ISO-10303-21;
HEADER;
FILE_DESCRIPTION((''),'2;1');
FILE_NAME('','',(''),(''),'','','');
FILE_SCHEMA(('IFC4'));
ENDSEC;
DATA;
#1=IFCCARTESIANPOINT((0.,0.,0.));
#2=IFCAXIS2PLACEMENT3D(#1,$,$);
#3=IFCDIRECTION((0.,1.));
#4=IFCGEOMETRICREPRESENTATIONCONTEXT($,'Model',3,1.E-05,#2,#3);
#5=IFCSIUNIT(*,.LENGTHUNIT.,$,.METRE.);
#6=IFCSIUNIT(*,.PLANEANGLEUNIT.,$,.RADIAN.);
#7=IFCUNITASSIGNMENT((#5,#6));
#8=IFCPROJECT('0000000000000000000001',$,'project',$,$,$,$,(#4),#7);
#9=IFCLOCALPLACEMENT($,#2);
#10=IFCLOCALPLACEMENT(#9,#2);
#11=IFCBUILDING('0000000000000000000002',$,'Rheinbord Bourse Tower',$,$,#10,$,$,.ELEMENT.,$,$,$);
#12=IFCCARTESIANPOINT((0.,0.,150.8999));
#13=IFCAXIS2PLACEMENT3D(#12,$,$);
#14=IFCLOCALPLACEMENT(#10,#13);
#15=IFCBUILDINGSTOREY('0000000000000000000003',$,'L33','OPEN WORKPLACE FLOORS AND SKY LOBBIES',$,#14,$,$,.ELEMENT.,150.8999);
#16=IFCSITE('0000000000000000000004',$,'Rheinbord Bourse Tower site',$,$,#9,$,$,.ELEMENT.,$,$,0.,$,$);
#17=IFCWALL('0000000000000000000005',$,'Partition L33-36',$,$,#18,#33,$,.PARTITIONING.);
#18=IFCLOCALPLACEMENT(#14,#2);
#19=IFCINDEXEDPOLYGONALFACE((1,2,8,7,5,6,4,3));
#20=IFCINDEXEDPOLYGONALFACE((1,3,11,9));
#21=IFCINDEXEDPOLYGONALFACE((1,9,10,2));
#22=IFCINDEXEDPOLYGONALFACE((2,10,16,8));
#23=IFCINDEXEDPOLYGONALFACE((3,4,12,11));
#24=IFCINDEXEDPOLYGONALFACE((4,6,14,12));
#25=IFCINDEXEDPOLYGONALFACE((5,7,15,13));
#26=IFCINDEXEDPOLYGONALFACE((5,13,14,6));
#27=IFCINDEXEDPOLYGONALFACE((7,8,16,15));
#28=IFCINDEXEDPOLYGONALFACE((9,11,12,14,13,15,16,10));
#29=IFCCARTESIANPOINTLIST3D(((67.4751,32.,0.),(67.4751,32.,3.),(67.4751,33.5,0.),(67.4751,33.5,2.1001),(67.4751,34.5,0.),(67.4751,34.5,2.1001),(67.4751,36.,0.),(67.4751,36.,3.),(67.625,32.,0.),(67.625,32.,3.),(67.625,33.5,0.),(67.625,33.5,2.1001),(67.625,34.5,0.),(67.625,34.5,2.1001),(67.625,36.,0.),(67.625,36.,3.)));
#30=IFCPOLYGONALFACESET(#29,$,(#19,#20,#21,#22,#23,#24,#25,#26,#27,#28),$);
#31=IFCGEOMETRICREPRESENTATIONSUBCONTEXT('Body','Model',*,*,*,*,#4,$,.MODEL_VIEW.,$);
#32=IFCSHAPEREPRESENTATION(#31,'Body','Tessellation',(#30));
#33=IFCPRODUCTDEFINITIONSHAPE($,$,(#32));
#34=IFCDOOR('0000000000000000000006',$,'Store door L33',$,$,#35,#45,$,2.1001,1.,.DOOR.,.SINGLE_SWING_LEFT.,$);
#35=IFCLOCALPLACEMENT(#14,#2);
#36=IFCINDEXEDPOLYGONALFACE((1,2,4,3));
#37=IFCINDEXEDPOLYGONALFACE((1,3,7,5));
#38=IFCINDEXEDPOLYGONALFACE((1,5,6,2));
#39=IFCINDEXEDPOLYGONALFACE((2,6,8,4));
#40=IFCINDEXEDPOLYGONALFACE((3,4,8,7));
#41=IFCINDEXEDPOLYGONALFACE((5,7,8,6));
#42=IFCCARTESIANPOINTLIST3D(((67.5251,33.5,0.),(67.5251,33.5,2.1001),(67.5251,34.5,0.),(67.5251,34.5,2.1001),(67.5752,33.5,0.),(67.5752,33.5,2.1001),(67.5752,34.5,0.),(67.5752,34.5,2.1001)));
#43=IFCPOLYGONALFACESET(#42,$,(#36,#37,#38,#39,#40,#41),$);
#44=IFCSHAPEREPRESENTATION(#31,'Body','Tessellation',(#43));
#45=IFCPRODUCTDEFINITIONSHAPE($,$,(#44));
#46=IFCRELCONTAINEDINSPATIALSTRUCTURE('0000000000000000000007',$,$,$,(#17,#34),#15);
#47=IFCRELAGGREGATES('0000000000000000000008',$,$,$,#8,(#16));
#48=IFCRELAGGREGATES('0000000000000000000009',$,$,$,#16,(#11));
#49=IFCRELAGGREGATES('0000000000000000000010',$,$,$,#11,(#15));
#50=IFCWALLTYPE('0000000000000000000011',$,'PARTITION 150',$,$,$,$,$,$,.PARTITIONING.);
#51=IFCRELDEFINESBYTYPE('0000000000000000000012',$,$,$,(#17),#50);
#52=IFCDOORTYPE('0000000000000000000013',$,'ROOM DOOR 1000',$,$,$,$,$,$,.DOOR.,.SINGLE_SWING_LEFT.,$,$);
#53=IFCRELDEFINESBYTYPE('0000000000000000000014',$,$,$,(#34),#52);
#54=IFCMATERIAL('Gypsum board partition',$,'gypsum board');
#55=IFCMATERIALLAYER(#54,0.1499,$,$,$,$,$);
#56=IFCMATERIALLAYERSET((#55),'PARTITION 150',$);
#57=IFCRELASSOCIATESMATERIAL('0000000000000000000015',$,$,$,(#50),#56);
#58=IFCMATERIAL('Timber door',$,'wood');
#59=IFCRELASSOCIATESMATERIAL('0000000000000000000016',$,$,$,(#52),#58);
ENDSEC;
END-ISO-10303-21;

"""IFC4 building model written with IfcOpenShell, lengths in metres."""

from ifc_helpers import new_model, si_unit, direction, frame, frame_2d, origin, place, context, subcontext, project, spatial, rectangle, extrude, material, layer, layer_set, type_object, element, fill, save


model = new_model("IFC4")

# Units and contexts
model_context = context("Model", 3, precision=1e-05, world=origin(), true_north=direction((0.0, 1.0)))
body_context = subcontext(model_context, "Body", "Model", "MODEL_VIEW")
ifc_project = project(units=[si_unit("LENGTHUNIT", "METRE"), si_unit("PLANEANGLEUNIT", "RADIAN")], contexts=[model_context])

# Site, building, storey
site_placement = place(None, origin())
site = spatial("IfcSite", under=ifc_project, at=site_placement, Name="Rheinbord Bourse Tower site", CompositionType="ELEMENT", RefElevation=0.0)
building_placement = place(site_placement, origin())
building = spatial("IfcBuilding", under=site, at=building_placement, Name="Rheinbord Bourse Tower", CompositionType="ELEMENT")
storey_placement = place(building_placement, frame((0.0, 0.0, 150.8999)))
storey = spatial("IfcBuildingStorey", under=building, at=storey_placement, Name="L33", Description="OPEN WORKPLACE FLOORS AND SKY LOBBIES", CompositionType="ELEMENT", Elevation=150.8999)

# Shared definitions
ifc_material_1 = material(Name="Gypsum board partition", Category="gypsum board")
ifc_layer_1 = layer(ifc_material_1, 0.1499)
ifc_layer_set_1 = layer_set([ifc_layer_1], Name="PARTITION 150")
wall_type_1 = type_object("IfcWallType", Name="PARTITION 150", PredefinedType="PARTITIONING", material=ifc_layer_set_1)

# Wall, opening, door
wall_1_placement = place(storey_placement, frame((67.55, 32.0, 0.0), z_axis=(0.0, 0.0, 1.0), x_axis=(0.0, 1.0, 0.0)))
wall_1 = element("IfcWall", 1, at=wall_1_placement, inside=storey, type_object=wall_type_1, Name="Partition L33-36", PredefinedType="PARTITIONING", context=body_context, shape_type="SweptSolid", body=[
    extrude(rectangle(XDim=4.0, YDim=0.1499, at=frame_2d((2.0, 0.0))), origin(), (0.0, 0.0, 1.0), 3.0),
])
opening_placement = place(wall_1_placement, frame((1.5, 0.0, 0.0)))
opening = element("IfcOpeningElement", 2, at=opening_placement, cuts=wall_1, PredefinedType="OPENING", context=body_context, shape_type="SweptSolid", body=[
    extrude(rectangle(XDim=1.0, YDim=2.1001, at=frame_2d((0.5, 1.05))), frame((0.0, 0.085, 0.0), z_axis=(0.0, -1.0, 0.0), x_axis=(1.0, 0.0, 0.0)), (0.0, 0.0, 1.0), 0.1699),
])
ifc_material_2 = material(Name="Timber door", Category="wood")
door_type = type_object("IfcDoorType", Name="ROOM DOOR 1000", OperationType="SINGLE_SWING_LEFT", PredefinedType="DOOR", material=ifc_material_2)
door_placement = place(opening_placement, origin())
door = element("IfcDoor", 3, at=door_placement, inside=storey, type_object=door_type, Name="Store door L33", OperationType="SINGLE_SWING_LEFT", OverallHeight=2.1001, OverallWidth=1.0, PredefinedType="DOOR", context=body_context, shape_type="SweptSolid", body=[
    extrude(rectangle(XDim=1.0, YDim=2.1001, at=frame_2d((0.5, 1.05))), frame((0.0, 0.0249, 0.0), z_axis=(0.0, -1.0, 0.0), x_axis=(1.0, 0.0, 0.0)), (0.0, 0.0, 1.0), 0.05),
])
fill(opening, door)

save(model, "model.ifc")
